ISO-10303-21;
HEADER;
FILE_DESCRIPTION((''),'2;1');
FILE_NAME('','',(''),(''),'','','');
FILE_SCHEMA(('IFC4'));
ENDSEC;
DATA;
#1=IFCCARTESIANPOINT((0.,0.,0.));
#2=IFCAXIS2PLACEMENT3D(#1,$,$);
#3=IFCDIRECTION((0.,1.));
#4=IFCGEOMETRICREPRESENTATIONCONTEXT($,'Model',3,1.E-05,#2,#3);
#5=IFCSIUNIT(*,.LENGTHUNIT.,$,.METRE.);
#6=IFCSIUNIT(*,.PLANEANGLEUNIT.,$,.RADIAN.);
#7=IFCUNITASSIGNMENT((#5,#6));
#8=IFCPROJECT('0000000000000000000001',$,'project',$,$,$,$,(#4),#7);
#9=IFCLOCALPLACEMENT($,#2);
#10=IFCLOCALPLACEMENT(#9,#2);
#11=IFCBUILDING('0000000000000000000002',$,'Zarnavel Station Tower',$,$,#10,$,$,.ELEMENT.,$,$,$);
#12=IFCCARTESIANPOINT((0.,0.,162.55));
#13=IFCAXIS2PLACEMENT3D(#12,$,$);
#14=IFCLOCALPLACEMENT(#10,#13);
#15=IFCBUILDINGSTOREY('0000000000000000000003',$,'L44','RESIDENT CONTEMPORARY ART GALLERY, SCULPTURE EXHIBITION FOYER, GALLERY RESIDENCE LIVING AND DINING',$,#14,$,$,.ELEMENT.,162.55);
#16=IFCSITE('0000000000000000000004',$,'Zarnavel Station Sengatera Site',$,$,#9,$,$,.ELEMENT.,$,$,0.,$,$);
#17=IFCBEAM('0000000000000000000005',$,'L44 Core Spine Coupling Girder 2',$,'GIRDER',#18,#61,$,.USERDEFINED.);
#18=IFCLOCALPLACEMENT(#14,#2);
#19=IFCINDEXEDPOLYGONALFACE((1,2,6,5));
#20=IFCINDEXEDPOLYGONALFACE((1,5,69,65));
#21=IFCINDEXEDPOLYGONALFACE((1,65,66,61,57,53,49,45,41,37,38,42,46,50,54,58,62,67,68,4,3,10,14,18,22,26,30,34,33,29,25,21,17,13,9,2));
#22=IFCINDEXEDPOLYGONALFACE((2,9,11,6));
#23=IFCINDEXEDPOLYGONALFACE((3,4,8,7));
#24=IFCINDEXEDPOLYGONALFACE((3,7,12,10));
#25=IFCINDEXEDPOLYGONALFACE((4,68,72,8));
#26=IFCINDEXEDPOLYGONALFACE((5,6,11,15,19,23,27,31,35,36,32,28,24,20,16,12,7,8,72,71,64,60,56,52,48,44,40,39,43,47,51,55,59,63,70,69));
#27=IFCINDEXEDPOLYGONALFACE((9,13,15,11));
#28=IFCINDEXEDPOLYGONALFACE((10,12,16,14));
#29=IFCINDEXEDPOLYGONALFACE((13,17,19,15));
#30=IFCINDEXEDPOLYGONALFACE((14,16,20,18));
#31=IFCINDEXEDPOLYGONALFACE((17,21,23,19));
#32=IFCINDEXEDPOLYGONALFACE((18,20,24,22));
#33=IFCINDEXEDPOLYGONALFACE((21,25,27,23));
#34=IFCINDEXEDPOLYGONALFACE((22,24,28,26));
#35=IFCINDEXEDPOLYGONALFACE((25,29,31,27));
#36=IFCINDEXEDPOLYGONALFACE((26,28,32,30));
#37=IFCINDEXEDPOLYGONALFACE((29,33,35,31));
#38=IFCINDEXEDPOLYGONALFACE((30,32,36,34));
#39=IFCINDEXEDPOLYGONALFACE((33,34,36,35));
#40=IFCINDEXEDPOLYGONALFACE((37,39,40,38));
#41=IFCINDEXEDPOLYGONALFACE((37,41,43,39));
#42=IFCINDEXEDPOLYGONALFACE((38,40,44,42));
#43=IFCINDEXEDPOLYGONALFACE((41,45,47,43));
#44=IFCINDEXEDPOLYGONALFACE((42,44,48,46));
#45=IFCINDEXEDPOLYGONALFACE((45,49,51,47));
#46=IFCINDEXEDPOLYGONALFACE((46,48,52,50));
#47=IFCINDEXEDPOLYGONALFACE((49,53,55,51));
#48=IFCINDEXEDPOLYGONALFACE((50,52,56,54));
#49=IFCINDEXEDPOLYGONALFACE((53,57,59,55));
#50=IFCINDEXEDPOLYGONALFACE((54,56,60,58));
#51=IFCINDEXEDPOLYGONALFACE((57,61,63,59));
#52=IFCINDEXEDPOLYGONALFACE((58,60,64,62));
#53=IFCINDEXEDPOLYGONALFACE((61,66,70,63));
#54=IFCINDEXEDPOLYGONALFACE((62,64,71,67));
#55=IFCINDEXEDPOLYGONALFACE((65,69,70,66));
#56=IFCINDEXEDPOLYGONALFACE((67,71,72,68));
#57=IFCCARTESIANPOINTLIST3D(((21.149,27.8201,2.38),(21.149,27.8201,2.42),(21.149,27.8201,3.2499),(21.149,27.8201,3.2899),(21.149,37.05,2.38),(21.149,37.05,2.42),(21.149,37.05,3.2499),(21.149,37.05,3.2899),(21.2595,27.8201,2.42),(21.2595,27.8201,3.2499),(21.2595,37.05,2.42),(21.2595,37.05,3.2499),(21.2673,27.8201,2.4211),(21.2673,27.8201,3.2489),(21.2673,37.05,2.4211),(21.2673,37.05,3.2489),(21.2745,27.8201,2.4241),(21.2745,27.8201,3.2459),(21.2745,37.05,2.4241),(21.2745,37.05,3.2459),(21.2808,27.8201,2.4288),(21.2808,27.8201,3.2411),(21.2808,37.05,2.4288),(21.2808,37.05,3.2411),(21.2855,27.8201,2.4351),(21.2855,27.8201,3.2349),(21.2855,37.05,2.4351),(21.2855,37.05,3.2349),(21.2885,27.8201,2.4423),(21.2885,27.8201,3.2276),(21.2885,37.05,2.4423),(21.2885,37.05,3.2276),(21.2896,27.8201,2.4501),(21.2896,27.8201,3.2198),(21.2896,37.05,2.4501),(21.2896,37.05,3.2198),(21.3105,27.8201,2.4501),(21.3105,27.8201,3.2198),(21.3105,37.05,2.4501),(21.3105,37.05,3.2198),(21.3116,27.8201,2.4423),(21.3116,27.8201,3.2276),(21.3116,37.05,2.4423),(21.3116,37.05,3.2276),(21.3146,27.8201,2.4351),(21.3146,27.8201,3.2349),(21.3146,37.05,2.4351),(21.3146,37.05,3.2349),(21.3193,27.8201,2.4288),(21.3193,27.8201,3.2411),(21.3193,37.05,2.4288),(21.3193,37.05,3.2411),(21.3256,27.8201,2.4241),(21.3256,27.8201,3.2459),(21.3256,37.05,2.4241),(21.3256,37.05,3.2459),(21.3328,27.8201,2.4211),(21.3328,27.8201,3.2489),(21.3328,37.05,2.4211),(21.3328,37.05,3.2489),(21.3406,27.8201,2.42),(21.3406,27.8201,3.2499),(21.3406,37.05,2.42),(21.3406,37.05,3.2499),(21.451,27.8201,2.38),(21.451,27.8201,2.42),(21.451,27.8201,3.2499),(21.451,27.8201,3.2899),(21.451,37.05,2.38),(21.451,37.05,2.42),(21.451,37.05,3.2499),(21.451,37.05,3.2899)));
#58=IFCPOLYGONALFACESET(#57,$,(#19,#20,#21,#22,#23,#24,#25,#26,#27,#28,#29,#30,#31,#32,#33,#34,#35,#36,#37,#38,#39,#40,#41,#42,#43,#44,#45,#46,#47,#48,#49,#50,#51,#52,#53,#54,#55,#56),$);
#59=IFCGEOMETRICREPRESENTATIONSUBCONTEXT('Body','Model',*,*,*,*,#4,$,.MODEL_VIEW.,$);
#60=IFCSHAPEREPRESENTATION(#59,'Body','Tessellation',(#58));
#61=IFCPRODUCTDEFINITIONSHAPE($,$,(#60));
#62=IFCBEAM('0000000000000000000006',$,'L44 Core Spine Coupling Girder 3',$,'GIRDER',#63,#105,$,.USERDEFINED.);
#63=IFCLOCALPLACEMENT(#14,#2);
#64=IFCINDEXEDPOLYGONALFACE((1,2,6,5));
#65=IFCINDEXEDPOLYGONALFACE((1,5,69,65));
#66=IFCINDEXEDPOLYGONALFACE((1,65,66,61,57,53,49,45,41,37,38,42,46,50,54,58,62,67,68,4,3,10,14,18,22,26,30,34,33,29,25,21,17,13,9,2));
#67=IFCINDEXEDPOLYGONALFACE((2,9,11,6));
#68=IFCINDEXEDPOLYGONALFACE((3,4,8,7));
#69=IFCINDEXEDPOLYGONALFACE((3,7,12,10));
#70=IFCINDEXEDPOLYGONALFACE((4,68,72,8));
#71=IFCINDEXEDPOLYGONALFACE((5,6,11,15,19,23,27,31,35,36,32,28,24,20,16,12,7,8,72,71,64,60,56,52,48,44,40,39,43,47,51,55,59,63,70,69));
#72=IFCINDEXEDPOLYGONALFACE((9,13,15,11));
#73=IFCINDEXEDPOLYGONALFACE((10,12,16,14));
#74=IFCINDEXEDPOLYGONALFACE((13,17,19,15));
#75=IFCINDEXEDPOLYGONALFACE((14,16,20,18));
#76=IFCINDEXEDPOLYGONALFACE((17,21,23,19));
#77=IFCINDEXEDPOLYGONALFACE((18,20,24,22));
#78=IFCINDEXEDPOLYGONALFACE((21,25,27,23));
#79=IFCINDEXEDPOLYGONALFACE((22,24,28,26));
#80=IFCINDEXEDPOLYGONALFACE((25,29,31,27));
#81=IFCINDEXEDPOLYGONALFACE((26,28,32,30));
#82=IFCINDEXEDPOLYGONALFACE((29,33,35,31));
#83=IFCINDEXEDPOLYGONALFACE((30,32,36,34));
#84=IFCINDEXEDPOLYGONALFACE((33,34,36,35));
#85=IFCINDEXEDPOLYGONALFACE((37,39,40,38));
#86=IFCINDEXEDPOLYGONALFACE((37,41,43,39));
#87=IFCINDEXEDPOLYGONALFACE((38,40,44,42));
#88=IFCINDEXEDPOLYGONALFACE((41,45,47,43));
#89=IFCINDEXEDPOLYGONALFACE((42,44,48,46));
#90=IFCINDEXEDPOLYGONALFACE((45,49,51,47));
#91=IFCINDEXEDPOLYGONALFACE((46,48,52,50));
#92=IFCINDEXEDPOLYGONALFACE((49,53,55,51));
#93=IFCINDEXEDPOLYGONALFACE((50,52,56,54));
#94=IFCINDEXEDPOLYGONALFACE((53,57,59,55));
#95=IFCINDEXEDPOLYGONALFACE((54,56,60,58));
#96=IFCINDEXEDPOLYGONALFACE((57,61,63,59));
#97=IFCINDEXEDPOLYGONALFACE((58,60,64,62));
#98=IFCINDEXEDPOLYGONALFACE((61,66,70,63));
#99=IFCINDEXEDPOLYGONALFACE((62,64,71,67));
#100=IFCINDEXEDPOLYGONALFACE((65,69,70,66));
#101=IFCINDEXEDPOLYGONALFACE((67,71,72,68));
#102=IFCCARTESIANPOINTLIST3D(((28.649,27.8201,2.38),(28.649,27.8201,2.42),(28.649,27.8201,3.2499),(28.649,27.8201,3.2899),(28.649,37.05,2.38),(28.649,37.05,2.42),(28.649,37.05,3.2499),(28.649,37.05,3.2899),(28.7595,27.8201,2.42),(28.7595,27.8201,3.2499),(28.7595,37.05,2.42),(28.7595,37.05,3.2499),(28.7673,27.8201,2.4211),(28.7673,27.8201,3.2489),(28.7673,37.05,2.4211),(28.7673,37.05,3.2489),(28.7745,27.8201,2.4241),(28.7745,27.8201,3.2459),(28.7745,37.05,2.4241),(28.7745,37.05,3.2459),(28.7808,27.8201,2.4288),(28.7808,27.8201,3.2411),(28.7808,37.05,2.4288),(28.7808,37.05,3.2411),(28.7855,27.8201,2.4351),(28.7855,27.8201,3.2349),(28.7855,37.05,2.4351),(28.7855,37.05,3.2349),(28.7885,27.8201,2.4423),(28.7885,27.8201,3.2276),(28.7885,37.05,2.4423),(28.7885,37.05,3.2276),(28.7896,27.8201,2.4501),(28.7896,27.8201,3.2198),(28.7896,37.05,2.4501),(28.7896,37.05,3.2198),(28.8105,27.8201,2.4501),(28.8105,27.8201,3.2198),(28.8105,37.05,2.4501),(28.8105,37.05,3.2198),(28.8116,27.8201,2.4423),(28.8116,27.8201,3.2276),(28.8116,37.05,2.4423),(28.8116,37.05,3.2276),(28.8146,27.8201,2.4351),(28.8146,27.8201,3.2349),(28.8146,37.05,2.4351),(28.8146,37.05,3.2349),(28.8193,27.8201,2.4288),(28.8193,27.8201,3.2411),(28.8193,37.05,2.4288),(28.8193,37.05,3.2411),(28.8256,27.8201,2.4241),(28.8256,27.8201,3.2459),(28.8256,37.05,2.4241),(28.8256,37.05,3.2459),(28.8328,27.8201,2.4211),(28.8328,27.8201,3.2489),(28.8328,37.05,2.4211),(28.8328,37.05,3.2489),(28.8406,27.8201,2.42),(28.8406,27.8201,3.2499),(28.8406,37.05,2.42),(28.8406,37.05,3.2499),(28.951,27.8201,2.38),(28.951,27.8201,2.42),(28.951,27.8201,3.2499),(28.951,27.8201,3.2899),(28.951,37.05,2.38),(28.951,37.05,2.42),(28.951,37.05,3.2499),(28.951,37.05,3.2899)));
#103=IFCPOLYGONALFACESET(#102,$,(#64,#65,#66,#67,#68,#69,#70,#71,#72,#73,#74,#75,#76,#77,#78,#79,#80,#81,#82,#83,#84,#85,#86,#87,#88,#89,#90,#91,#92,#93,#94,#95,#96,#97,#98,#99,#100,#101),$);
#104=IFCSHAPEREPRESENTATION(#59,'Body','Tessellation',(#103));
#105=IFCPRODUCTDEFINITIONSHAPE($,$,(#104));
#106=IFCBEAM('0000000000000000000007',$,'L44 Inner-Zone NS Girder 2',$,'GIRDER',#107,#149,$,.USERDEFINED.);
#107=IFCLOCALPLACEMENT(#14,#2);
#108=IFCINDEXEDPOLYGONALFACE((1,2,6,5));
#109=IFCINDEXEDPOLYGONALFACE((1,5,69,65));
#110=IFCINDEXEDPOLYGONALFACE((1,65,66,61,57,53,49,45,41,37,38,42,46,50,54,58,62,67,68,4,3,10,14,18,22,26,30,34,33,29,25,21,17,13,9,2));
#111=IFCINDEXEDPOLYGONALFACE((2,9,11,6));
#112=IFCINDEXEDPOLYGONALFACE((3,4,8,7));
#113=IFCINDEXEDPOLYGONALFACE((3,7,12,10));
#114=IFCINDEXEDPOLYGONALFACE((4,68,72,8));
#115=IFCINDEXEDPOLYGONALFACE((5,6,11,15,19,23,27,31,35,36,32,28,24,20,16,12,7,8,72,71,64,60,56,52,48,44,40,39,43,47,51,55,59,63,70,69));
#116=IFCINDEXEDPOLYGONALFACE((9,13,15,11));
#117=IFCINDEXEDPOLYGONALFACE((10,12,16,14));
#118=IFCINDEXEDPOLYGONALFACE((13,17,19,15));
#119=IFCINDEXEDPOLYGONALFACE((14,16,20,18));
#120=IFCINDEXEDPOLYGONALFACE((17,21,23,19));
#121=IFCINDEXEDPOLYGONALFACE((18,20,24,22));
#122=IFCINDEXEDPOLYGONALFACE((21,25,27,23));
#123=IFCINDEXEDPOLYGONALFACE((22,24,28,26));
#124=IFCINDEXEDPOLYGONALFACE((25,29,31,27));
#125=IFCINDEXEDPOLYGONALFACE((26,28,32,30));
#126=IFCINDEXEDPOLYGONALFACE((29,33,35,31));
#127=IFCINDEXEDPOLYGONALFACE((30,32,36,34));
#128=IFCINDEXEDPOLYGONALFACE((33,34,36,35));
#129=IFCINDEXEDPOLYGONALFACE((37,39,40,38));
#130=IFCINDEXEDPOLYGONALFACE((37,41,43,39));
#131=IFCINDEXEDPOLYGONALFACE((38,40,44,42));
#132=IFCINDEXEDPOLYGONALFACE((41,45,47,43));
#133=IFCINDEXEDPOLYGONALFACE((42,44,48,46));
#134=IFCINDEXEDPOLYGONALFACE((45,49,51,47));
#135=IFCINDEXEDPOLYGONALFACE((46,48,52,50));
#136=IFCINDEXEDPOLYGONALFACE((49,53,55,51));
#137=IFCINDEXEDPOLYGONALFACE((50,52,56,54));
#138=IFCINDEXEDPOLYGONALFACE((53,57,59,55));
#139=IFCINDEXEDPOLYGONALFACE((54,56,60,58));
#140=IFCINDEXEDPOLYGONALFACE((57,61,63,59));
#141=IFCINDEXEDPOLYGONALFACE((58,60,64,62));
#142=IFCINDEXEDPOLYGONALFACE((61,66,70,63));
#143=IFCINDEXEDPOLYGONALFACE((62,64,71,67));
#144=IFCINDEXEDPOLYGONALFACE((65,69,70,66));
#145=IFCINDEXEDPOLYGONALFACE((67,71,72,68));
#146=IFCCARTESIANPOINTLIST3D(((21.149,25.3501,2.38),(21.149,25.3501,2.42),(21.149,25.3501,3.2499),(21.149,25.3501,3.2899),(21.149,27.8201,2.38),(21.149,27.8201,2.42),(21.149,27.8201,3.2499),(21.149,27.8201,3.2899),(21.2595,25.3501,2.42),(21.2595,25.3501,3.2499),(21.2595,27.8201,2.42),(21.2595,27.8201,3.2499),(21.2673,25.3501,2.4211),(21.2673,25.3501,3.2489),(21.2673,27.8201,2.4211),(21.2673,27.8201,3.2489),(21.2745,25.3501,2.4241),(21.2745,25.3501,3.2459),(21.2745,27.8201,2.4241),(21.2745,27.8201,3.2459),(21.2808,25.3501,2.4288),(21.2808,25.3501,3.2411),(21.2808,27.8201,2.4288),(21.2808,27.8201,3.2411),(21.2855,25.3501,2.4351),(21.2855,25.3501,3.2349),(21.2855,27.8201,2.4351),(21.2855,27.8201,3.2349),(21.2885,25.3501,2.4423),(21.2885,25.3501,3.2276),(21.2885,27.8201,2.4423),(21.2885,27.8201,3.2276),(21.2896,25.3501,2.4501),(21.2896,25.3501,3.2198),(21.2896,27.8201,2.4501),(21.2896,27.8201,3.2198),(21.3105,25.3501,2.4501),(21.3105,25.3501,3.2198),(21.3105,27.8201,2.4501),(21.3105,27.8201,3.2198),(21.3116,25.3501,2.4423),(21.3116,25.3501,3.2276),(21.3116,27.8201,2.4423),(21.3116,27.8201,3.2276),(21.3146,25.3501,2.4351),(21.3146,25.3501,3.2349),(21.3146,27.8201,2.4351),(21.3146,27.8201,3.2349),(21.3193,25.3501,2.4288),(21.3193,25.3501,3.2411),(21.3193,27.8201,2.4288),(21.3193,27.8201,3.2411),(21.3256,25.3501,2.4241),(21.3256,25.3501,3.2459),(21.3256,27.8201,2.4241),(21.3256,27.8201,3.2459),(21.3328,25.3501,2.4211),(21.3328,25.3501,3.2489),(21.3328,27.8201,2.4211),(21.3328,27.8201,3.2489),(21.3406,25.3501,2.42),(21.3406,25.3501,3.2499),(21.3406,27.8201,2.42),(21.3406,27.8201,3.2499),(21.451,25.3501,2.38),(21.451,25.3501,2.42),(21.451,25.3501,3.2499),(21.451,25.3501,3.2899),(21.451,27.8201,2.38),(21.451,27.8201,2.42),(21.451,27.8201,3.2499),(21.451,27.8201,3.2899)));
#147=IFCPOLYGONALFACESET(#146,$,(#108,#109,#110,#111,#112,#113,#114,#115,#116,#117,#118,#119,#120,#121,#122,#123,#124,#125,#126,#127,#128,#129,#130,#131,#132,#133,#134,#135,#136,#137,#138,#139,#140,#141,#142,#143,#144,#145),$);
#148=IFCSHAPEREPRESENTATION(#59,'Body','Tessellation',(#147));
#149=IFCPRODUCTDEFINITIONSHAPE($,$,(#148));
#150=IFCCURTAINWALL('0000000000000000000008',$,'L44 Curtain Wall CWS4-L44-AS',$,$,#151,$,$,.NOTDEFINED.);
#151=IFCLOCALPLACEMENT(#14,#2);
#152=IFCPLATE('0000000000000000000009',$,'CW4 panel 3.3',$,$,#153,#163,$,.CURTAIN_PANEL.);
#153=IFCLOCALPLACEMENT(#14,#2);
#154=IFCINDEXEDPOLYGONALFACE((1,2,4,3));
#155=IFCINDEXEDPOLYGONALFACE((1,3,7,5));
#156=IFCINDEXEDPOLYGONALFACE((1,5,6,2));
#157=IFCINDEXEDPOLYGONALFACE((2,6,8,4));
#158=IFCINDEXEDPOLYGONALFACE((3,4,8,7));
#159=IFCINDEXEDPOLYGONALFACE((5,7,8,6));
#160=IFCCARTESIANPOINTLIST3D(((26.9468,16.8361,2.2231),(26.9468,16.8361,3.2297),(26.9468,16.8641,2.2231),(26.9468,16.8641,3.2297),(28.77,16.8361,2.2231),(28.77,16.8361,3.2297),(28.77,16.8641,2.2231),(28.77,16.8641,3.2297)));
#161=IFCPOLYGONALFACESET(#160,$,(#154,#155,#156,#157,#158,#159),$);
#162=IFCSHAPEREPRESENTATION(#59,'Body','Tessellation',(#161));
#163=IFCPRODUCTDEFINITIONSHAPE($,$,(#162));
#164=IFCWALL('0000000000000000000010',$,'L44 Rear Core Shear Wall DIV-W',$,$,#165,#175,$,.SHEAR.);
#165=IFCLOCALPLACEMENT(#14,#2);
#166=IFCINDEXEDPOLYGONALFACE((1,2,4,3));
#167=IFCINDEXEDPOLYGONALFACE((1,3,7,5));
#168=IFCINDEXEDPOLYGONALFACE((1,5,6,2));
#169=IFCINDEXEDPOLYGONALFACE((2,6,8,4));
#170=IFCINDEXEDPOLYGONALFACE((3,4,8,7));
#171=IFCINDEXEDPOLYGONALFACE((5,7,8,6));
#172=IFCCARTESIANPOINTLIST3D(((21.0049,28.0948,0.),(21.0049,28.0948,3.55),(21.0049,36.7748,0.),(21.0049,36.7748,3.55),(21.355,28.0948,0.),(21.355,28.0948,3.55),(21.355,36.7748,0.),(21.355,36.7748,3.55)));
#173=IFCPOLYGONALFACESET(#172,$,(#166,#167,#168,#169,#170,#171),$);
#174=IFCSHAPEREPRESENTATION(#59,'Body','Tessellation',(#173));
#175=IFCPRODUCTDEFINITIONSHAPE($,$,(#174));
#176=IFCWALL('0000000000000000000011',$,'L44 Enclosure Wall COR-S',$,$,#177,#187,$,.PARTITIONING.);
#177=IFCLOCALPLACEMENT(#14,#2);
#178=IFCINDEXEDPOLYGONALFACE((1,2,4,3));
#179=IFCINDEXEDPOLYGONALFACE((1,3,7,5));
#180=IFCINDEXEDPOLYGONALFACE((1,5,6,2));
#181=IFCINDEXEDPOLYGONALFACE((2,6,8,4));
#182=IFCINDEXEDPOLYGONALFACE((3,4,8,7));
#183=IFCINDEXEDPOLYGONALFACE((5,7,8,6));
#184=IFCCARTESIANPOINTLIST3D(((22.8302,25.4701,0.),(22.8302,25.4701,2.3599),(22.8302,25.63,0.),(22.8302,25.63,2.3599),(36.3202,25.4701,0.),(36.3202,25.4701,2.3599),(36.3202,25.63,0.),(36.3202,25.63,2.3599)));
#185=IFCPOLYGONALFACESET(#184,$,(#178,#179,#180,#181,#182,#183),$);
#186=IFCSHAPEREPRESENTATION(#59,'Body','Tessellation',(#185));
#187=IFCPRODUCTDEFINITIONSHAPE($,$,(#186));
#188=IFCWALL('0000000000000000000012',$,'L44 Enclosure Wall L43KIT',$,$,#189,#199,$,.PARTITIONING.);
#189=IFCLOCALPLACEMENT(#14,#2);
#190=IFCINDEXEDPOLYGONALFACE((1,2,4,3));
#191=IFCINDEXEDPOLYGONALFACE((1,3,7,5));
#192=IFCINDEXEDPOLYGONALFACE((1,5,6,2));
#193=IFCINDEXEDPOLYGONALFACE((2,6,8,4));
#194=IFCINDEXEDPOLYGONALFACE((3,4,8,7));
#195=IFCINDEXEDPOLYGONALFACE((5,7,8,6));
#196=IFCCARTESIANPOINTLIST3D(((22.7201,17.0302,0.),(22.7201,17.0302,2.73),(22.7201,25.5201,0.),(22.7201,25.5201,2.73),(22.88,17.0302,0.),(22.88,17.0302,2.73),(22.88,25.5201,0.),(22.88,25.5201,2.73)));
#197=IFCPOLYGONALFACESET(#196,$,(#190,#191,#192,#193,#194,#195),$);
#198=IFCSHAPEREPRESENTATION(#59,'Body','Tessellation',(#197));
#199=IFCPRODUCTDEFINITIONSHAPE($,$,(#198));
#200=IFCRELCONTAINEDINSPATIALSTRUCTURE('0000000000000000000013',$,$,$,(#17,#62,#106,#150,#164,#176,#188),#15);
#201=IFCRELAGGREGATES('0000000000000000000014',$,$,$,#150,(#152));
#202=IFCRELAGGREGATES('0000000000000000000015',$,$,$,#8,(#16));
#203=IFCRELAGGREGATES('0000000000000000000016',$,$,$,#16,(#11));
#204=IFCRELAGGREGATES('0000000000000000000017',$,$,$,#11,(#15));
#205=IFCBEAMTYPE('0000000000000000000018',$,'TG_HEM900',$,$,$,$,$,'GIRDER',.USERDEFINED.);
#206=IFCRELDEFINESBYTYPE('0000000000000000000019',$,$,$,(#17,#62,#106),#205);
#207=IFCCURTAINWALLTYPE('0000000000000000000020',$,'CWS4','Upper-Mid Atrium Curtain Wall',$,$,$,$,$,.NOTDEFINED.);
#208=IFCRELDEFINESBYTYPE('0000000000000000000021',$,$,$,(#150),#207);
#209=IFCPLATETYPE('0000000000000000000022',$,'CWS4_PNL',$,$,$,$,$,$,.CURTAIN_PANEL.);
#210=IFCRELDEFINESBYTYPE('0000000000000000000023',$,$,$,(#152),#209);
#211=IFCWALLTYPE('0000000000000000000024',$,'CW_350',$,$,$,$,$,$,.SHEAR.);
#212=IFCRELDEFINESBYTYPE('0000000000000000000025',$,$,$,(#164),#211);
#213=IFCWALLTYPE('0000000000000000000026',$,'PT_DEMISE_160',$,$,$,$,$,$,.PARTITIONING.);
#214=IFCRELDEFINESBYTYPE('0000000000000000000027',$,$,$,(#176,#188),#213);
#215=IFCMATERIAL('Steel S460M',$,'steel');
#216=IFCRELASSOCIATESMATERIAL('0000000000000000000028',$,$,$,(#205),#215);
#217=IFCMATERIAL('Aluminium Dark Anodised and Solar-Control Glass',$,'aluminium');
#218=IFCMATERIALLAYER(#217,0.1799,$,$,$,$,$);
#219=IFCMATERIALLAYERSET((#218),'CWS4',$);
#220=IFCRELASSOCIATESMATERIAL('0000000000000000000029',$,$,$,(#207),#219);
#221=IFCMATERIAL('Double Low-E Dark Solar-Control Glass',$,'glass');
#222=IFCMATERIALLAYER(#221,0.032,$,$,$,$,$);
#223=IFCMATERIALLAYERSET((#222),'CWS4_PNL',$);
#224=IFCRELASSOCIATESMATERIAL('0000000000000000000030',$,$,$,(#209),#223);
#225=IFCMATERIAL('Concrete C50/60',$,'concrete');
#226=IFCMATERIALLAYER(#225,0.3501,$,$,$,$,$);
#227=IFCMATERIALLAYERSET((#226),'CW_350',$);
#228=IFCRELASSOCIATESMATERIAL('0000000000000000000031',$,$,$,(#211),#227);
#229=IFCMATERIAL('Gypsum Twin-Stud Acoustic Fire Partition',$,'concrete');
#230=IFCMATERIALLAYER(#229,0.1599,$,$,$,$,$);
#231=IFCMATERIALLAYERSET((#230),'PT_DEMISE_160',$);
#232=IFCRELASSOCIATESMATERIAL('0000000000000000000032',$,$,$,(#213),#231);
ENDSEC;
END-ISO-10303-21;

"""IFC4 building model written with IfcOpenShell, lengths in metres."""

from ifc_helpers import new_model, si_unit, direction, frame, frame_2d, origin, origin_2d, place, context, subcontext, project, spatial, rectangle, i_section, extrude, material, layer, layer_set, material_profile, profile_set, type_object, element, aggregate, save


model = new_model("IFC4")

# Units and contexts
model_context = context("Model", 3, precision=1e-05, world=origin(), true_north=direction((0.0, 1.0)))
body_context = subcontext(model_context, "Body", "Model", "MODEL_VIEW")
ifc_project = project(units=[si_unit("LENGTHUNIT", "METRE"), si_unit("PLANEANGLEUNIT", "RADIAN")], contexts=[model_context])

# Site, building, storey
site_placement = place(None, origin())
site = spatial("IfcSite", under=ifc_project, at=site_placement, Name="Zarnavel Station Sengatera Site", CompositionType="ELEMENT", RefElevation=0.0)
building_placement = place(site_placement, origin())
building = spatial("IfcBuilding", under=site, at=building_placement, Name="Zarnavel Station Tower", CompositionType="ELEMENT")
storey_placement = place(building_placement, frame((0.0, 0.0, 162.55)))
storey = spatial("IfcBuildingStorey", under=building, at=storey_placement, Name="L44", Description="RESIDENT CONTEMPORARY ART GALLERY, SCULPTURE EXHIBITION FOYER, GALLERY RESIDENCE LIVING AND DINING", CompositionType="ELEMENT", Elevation=162.55)

# Beams
ifc_material_1 = material(Name="Steel S460M", Category="steel")
ifc_material_profile_1 = material_profile(ifc_material_1, i_section(OverallWidth=0.302, OverallDepth=0.9099, WebThickness=0.021, FlangeThickness=0.04, FilletRadius=0.03, at=origin_2d()), Name="HEM900")
ifc_profile_set_1 = profile_set([ifc_material_profile_1], Name="Steel S460M")
beam_type_1 = type_object("IfcBeamType", Name="TG_HEM900", ElementType="GIRDER", PredefinedType="USERDEFINED", material=ifc_profile_set_1)
for number, where, z_axis, x_axis, name in (
    (1, (21.3, 27.8201, 2.835), (0.0, 1.0, 0.0), (-1.0, 0.0, 0.0), "L44 Core Spine Coupling Girder 2"),
    (2, (28.8, 27.8201, 2.835), (0.0, 1.0, 0.0), (-1.0, 0.0, 0.0), "L44 Core Spine Coupling Girder 3"),
):
    element("IfcBeam", number, at=place(storey_placement, frame(where, z_axis=z_axis, x_axis=x_axis)), inside=storey, type_object=beam_type_1, Name=name, ObjectType="GIRDER", PredefinedType="USERDEFINED", context=body_context, shape_type="SweptSolid", body=[
        extrude(i_section(OverallWidth=0.302, OverallDepth=0.9099, WebThickness=0.021, FlangeThickness=0.04, FilletRadius=0.03, at=origin_2d()), origin(), (0.0, 0.0, 1.0), 9.23),
    ])
beam_1_placement = place(storey_placement, frame((21.3, 25.3501, 2.835), z_axis=(0.0, 1.0, 0.0), x_axis=(-1.0, 0.0, 0.0)))
element("IfcBeam", 3, at=beam_1_placement, inside=storey, type_object=beam_type_1, Name="L44 Inner-Zone NS Girder 2", ObjectType="GIRDER", PredefinedType="USERDEFINED", context=body_context, shape_type="SweptSolid", body=[
    extrude(i_section(OverallWidth=0.302, OverallDepth=0.9099, WebThickness=0.021, FlangeThickness=0.04, FilletRadius=0.03, at=origin_2d()), origin(), (0.0, 0.0, 1.0), 2.47),
])

# Curtain wall, plate
ifc_material_2 = material(Name="Aluminium Dark Anodised and Solar-Control Glass", Category="aluminium")
ifc_layer_1 = layer(ifc_material_2, 0.1799)
ifc_layer_set_1 = layer_set([ifc_layer_1], Name="CWS4")
curtain_wall_type = type_object("IfcCurtainWallType", Name="CWS4", Description="Upper-Mid Atrium Curtain Wall", PredefinedType="NOTDEFINED", material=ifc_layer_set_1)
curtain_wall_placement = place(storey_placement, origin())
curtain_wall = element("IfcCurtainWall", 4, at=curtain_wall_placement, inside=storey, type_object=curtain_wall_type, Name="L44 Curtain Wall CWS4-L44-AS", PredefinedType="NOTDEFINED")
ifc_material_3 = material(Name="Double Low-E Dark Solar-Control Glass", Category="glass")
ifc_layer_2 = layer(ifc_material_3, 0.032)
ifc_layer_set_2 = layer_set([ifc_layer_2], Name="CWS4_PNL")
plate_type = type_object("IfcPlateType", Name="CWS4_PNL", PredefinedType="CURTAIN_PANEL", material=ifc_layer_set_2)
plate_placement = place(storey_placement, frame((27.8584, 16.8501, 2.2231), z_axis=(0.0, 0.0, 1.0), x_axis=(1.0, 0.0, 0.0)))
plate = element("IfcPlate", 5, at=plate_placement, type_object=plate_type, Name="CW4 panel 3.3", PredefinedType="CURTAIN_PANEL", context=body_context, shape_type="SweptSolid", body=[
    extrude(rectangle(XDim=1.8232, YDim=0.0281, at=origin_2d()), origin(), (0.0, 0.0, 1.0), 1.0066),
])
aggregate(curtain_wall, [plate])

# Wall
ifc_material_4 = material(Name="Concrete C50/60", Category="concrete")
ifc_layer_3 = layer(ifc_material_4, 0.3501)
ifc_layer_set_3 = layer_set([ifc_layer_3], Name="CW_350")
wall_type_1 = type_object("IfcWallType", Name="CW_350", PredefinedType="SHEAR", material=ifc_layer_set_3)
wall_1_placement = place(storey_placement, frame((21.1799, 28.095, 0.0), z_axis=(0.0, 0.0, 1.0), x_axis=(0.0, 1.0, 0.0)))
element("IfcWall", 6, at=wall_1_placement, inside=storey, type_object=wall_type_1, Name="L44 Rear Core Shear Wall DIV-W", PredefinedType="SHEAR", context=body_context, shape_type="SweptSolid", body=[
    extrude(rectangle(XDim=8.6799, YDim=0.3501, at=frame_2d((4.3398, 0.0))), origin(), (0.0, 0.0, 1.0), 3.55),
])

# Walls
ifc_material_5 = material(Name="Gypsum Twin-Stud Acoustic Fire Partition", Category="concrete")
ifc_layer_4 = layer(ifc_material_5, 0.1599)
ifc_layer_set_4 = layer_set([ifc_layer_4], Name="PT_DEMISE_160")
wall_type_2 = type_object("IfcWallType", Name="PT_DEMISE_160", PredefinedType="PARTITIONING", material=ifc_layer_set_4)
wall_2_placement = place(storey_placement, frame((22.8301, 25.55, 0.0), z_axis=(0.0, 0.0, 1.0), x_axis=(1.0, 0.0, 0.0)))
element("IfcWall", 7, at=wall_2_placement, inside=storey, type_object=wall_type_2, Name="L44 Enclosure Wall COR-S", PredefinedType="PARTITIONING", context=body_context, shape_type="SweptSolid", body=[
    extrude(rectangle(XDim=13.49, YDim=0.1599, at=frame_2d((6.7451, 0.0))), origin(), (0.0, 0.0, 1.0), 2.3599),
])
wall_3_placement = place(storey_placement, frame((22.8, 17.03, 0.0), z_axis=(0.0, 0.0, 1.0), x_axis=(0.0, 1.0, 0.0)))
element("IfcWall", 8, at=wall_3_placement, inside=storey, type_object=wall_type_2, Name="L44 Enclosure Wall L43KIT", PredefinedType="PARTITIONING", context=body_context, shape_type="SweptSolid", body=[
    extrude(rectangle(XDim=8.49, YDim=0.1599, at=frame_2d((4.2451, 0.0))), origin(), (0.0, 0.0, 1.0), 2.73),
])

save(model, "model.ifc")
